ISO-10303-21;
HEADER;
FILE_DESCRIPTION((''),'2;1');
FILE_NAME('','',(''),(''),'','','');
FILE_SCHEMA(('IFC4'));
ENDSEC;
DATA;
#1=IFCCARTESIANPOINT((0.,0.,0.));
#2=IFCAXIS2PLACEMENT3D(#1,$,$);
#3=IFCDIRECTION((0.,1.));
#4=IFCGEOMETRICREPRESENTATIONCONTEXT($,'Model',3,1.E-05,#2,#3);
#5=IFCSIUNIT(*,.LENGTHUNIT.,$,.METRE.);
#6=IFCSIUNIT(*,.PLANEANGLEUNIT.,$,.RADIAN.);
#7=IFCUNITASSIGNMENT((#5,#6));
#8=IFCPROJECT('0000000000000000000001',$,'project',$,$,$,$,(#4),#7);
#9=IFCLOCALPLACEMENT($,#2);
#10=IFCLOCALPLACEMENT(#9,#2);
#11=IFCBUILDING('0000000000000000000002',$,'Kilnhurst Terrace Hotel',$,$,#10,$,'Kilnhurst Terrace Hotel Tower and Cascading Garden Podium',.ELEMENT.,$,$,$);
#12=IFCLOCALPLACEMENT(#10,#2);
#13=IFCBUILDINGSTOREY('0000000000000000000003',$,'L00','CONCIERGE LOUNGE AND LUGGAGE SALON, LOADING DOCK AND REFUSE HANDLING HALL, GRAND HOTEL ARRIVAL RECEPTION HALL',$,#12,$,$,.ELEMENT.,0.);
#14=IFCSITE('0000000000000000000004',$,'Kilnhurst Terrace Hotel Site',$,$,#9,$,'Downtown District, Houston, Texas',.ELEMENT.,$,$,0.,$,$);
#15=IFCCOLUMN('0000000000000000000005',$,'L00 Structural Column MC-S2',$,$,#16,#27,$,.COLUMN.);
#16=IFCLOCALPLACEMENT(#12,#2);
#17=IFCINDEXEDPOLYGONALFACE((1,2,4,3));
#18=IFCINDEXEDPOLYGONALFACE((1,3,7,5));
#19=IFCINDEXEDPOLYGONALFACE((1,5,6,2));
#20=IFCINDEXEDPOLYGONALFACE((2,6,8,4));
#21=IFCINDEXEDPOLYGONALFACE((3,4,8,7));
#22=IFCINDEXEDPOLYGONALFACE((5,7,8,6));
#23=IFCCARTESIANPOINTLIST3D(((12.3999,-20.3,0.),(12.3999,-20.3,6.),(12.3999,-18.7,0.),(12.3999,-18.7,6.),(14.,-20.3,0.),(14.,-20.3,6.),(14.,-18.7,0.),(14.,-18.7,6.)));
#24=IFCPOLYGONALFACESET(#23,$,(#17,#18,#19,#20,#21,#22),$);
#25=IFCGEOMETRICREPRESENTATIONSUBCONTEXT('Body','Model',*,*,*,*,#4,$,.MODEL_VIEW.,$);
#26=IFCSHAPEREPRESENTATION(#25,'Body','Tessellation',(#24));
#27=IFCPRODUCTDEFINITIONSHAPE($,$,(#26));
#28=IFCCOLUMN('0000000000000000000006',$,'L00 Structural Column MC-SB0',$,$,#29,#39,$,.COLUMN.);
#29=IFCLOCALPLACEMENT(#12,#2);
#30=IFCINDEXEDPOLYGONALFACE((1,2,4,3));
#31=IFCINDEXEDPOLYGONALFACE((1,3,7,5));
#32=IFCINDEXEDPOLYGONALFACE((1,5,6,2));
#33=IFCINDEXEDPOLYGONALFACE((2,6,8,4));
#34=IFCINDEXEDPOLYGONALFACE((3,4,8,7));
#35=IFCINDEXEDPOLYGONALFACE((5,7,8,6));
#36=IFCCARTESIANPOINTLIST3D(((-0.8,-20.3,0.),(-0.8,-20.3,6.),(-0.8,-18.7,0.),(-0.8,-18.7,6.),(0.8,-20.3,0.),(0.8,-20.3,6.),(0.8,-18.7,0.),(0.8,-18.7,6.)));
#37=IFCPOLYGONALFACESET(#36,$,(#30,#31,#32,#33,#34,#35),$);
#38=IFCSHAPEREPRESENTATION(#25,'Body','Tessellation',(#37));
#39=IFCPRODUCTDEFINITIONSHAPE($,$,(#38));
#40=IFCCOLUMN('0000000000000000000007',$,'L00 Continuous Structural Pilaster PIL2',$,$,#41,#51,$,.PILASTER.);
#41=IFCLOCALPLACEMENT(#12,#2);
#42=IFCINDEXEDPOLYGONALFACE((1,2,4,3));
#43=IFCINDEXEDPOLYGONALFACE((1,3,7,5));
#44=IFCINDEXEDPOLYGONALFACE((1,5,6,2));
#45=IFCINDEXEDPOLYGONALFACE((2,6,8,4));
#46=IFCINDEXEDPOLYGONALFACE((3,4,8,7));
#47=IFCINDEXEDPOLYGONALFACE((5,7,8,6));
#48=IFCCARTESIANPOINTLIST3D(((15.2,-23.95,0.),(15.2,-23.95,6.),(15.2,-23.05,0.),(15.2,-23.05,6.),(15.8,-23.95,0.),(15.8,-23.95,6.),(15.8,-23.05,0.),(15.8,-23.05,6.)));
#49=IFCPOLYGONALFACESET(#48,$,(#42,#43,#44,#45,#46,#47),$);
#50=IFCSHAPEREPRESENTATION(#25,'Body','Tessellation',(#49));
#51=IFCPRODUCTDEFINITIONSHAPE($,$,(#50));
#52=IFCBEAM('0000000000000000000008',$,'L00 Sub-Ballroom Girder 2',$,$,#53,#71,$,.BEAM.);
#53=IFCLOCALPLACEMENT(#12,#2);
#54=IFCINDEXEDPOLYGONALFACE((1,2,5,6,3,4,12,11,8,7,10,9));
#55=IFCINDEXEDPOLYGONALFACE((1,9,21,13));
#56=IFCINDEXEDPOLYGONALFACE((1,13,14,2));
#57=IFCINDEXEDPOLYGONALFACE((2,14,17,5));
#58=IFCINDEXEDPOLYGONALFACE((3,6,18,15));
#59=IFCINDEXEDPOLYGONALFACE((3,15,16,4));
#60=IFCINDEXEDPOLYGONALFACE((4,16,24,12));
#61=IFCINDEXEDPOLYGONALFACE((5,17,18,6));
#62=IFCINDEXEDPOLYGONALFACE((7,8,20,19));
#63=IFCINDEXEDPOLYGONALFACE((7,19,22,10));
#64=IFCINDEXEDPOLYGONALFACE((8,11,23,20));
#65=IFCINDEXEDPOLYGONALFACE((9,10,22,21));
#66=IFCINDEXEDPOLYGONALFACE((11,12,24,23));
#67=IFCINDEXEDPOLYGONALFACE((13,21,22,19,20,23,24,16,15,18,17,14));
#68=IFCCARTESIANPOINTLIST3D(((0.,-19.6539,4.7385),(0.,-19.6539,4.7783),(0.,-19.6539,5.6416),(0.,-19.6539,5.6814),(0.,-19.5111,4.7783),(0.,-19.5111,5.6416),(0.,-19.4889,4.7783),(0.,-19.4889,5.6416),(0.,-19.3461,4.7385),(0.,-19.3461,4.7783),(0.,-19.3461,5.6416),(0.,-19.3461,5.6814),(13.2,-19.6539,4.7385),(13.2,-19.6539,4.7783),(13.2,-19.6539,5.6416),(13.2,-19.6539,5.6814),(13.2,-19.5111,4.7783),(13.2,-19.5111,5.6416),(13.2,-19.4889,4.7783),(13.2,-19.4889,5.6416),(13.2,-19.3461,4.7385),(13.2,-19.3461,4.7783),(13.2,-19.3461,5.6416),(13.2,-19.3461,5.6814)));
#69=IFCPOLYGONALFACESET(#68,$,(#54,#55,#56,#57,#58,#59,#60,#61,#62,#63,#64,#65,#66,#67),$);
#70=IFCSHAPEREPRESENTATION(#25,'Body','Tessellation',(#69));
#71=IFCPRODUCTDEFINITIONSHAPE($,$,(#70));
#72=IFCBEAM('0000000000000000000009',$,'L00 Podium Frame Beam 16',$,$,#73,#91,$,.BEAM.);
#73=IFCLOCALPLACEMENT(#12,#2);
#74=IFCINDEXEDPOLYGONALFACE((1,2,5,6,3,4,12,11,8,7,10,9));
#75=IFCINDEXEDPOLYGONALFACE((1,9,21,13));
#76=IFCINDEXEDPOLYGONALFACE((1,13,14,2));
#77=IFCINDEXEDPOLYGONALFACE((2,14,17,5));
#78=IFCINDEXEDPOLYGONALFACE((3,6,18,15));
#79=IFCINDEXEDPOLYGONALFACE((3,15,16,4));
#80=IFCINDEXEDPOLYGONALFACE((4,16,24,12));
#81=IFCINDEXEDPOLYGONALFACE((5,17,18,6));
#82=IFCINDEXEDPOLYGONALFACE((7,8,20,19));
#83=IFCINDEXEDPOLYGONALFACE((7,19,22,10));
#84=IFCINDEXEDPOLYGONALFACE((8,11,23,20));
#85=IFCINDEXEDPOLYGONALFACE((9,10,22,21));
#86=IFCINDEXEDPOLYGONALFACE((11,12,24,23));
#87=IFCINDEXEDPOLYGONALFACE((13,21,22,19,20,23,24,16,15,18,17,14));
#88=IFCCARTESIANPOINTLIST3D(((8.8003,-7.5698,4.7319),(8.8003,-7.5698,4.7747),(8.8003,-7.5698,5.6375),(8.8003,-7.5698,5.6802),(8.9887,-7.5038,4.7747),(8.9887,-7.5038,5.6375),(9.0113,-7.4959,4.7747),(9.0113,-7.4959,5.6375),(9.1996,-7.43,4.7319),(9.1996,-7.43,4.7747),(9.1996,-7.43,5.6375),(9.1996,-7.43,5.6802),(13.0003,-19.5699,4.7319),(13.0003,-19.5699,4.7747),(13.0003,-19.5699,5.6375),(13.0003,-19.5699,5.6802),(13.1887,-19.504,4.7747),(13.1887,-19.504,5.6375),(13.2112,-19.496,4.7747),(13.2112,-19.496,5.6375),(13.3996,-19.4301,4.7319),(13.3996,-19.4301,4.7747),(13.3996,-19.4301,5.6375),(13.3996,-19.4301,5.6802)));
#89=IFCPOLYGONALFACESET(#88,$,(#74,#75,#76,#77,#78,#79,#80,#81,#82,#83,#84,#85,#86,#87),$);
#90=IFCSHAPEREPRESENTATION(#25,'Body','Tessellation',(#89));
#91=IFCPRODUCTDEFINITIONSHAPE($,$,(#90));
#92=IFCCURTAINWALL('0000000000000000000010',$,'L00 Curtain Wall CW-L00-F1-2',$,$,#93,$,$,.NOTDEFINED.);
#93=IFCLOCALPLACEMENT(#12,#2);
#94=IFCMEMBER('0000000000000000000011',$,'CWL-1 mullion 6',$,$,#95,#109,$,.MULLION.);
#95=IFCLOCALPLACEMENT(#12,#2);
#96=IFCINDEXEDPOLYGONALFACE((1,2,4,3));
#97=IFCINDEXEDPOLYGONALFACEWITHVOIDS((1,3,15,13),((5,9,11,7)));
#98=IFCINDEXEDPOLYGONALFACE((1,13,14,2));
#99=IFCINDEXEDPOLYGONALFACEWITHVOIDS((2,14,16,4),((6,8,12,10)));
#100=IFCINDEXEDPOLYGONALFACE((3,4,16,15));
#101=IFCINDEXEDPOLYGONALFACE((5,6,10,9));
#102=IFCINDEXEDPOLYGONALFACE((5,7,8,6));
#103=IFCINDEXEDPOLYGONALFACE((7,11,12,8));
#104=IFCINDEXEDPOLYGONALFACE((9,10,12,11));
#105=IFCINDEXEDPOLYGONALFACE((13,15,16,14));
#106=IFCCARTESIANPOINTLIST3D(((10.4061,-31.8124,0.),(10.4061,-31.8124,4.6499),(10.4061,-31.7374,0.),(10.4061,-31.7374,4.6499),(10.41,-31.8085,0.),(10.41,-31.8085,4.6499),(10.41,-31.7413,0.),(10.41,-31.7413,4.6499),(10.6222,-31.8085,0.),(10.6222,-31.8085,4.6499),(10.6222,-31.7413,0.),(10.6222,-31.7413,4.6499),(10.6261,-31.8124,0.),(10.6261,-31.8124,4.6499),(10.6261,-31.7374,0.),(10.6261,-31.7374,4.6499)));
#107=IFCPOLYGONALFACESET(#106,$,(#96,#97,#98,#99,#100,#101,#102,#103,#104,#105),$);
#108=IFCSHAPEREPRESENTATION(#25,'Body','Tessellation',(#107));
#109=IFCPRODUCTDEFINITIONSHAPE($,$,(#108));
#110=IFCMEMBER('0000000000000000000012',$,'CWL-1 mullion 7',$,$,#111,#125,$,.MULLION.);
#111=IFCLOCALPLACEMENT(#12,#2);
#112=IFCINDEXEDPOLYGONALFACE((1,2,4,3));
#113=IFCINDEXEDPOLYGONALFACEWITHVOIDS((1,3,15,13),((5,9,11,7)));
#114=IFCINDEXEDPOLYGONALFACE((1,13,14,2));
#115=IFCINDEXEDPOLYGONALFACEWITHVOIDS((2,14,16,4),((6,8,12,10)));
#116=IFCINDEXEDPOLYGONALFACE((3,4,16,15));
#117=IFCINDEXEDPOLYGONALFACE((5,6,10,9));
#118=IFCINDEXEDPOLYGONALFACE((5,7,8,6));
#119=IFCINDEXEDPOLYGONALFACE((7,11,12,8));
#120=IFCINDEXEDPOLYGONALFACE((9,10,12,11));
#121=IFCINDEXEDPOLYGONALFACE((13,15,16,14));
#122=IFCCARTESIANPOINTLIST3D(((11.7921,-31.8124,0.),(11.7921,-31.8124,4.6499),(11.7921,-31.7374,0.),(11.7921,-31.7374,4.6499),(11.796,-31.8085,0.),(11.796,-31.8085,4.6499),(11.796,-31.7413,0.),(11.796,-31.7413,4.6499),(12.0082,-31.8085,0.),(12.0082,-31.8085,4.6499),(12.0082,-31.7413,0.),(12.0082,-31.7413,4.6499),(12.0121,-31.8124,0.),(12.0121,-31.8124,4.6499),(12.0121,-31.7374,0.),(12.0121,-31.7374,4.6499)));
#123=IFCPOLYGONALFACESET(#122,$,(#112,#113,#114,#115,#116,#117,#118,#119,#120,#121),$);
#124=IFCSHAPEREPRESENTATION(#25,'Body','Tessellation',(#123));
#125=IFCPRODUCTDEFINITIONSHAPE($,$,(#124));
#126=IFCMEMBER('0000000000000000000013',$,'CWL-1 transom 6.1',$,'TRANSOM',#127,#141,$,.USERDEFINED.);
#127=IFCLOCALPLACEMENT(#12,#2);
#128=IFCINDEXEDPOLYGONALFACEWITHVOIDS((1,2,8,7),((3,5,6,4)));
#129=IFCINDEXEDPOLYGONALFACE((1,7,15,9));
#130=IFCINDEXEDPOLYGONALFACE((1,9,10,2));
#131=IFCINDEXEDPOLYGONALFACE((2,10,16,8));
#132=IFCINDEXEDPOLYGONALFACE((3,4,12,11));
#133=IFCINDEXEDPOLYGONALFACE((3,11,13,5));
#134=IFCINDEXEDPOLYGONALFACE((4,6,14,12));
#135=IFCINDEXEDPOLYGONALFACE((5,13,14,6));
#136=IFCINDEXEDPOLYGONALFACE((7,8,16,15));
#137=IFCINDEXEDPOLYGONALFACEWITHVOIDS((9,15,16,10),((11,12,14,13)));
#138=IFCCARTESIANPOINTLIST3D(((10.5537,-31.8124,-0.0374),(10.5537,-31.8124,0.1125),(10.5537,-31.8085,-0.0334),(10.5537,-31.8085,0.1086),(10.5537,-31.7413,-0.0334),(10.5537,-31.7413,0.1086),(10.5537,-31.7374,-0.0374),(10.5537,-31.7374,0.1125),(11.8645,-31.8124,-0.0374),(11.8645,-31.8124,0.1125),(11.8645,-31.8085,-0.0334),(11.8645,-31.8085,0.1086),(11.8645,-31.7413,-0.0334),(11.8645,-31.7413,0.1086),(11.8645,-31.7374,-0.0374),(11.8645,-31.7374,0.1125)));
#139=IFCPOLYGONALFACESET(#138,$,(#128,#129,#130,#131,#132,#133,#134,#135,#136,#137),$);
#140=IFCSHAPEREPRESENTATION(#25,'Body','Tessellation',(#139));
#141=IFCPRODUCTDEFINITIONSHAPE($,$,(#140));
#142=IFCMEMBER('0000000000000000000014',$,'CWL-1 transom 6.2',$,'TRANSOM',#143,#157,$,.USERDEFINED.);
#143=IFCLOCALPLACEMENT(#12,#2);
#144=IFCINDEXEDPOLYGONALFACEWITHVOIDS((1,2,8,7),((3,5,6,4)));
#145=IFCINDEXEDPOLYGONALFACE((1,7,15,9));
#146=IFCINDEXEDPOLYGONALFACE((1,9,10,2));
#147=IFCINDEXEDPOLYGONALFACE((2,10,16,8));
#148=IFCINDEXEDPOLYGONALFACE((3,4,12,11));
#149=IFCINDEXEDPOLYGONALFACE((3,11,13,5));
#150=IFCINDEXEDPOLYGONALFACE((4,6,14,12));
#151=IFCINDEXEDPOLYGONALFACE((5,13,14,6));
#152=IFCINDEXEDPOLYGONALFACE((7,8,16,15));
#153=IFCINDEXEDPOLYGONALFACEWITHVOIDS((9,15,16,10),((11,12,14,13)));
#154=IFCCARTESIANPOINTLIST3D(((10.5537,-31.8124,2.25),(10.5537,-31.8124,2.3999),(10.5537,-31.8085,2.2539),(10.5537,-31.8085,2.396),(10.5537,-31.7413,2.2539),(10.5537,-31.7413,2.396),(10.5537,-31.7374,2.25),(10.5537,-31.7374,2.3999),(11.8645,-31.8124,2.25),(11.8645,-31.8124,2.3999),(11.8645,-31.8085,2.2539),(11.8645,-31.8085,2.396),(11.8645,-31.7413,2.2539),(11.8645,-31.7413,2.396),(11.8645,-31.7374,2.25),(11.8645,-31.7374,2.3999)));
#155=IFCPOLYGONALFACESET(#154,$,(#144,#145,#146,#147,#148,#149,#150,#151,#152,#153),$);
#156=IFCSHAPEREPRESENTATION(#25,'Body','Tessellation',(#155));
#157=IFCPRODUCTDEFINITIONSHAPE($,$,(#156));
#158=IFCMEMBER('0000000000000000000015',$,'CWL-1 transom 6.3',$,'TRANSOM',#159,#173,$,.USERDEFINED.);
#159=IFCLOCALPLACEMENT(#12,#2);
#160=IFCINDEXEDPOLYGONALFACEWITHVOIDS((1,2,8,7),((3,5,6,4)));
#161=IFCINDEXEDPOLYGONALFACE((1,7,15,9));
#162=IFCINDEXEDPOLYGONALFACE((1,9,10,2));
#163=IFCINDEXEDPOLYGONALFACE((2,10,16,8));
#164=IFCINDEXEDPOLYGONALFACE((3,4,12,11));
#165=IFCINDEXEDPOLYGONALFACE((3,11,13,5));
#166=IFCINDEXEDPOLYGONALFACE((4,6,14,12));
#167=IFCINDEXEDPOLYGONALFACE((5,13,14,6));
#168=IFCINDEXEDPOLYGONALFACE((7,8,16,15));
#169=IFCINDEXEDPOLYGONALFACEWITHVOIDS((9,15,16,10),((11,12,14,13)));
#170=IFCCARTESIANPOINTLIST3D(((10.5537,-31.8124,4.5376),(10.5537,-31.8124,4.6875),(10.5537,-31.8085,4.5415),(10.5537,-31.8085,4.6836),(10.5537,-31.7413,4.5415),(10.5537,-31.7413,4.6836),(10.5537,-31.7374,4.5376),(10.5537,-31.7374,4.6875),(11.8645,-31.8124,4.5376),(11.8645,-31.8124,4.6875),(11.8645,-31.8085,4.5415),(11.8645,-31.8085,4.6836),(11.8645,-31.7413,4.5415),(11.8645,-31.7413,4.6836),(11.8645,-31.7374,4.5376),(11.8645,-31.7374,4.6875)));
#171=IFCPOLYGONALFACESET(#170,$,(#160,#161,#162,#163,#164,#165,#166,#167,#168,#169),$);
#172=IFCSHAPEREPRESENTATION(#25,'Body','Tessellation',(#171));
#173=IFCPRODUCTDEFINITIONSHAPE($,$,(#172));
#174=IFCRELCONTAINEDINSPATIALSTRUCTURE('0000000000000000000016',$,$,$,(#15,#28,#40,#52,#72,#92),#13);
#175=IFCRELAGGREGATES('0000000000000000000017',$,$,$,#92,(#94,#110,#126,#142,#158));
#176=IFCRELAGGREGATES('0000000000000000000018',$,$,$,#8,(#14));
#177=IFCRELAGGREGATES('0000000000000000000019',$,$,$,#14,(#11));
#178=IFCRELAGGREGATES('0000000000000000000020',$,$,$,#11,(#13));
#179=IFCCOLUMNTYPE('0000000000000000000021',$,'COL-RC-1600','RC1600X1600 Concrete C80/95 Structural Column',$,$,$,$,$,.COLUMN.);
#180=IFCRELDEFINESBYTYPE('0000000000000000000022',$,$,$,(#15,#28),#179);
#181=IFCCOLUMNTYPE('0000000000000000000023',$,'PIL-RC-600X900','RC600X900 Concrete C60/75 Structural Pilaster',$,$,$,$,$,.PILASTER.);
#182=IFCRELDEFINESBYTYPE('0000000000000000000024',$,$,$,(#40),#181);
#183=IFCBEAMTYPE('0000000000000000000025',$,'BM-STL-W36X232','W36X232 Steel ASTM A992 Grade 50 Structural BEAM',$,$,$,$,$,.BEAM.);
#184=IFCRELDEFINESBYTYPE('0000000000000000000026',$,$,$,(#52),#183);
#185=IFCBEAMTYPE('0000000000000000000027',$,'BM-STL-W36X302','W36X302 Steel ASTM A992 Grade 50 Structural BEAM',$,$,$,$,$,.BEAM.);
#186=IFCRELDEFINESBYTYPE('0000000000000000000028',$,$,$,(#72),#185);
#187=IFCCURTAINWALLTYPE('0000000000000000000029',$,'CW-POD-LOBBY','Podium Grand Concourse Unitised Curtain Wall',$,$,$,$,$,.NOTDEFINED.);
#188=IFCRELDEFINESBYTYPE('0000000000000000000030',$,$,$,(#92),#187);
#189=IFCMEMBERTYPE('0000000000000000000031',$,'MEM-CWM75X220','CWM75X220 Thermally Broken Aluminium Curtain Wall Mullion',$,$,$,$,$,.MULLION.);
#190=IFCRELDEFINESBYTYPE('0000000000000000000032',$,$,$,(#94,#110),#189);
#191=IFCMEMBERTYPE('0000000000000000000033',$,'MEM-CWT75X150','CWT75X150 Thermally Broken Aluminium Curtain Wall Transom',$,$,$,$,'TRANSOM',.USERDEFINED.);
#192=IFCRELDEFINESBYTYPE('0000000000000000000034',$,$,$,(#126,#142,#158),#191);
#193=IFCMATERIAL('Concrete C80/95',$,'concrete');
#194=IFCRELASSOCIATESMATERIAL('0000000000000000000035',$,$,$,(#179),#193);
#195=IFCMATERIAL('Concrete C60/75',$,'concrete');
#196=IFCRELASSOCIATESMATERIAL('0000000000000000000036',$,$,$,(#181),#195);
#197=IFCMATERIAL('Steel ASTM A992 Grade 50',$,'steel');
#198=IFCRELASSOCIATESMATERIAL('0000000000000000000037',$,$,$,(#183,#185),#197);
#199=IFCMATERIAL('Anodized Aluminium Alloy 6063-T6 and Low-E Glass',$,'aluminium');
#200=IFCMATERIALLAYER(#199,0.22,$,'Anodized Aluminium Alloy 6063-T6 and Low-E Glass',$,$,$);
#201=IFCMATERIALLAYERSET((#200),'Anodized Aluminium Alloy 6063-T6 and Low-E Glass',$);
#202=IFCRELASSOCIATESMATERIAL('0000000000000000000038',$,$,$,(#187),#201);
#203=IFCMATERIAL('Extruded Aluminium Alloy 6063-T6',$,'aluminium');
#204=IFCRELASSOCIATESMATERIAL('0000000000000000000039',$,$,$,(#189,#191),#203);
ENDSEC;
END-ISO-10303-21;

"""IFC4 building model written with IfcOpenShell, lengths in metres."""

from ifc_helpers import new_model, si_unit, direction, frame, origin, origin_2d, place, context, subcontext, project, spatial, rectangle, hollow_rectangle, i_section, extrude, material, layer, layer_set, material_profile, profile_set, type_object, element, aggregate, save


model = new_model("IFC4")

# Units and contexts
model_context = context("Model", 3, precision=1e-05, world=origin(), true_north=direction((0.0, 1.0)))
body_context = subcontext(model_context, "Body", "Model", "MODEL_VIEW")
ifc_project = project(units=[si_unit("LENGTHUNIT", "METRE"), si_unit("PLANEANGLEUNIT", "RADIAN")], contexts=[model_context])

# Site, building, storey
site_placement = place(None, origin())
site = spatial("IfcSite", under=ifc_project, at=site_placement, Name="Kilnhurst Terrace Hotel Site", LongName="Downtown District, Houston, Texas", CompositionType="ELEMENT", RefElevation=0.0)
building_placement = place(site_placement, origin())
building = spatial("IfcBuilding", under=site, at=building_placement, Name="Kilnhurst Terrace Hotel", LongName="Kilnhurst Terrace Hotel Tower and Cascading Garden Podium", CompositionType="ELEMENT")
storey_placement = place(building_placement, origin())
storey = spatial("IfcBuildingStorey", under=building, at=storey_placement, Name="L00", Description="CONCIERGE LOUNGE AND LUGGAGE SALON, LOADING DOCK AND REFUSE HANDLING HALL, GRAND HOTEL ARRIVAL RECEPTION HALL", CompositionType="ELEMENT", Elevation=0.0)

# Columns
ifc_material_1 = material(Name="Concrete C80/95", Category="concrete")
ifc_material_profile_1 = material_profile(ifc_material_1, rectangle(XDim=1.6001, YDim=1.6001, at=origin_2d()), Name="RC1600X1600")
ifc_profile_set_1 = profile_set([ifc_material_profile_1], Name="Concrete C80/95")
column_type_1 = type_object("IfcColumnType", Name="COL-RC-1600", Description="RC1600X1600 Concrete C80/95 Structural Column", PredefinedType="COLUMN", material=ifc_profile_set_1)
for number, where, z_axis, x_axis, name in (
    (1, (13.2, -19.5, 0.0), (0.0, 0.0, 1.0), (1.0, 0.0, 0.0), "L00 Structural Column MC-S2"),
    (2, (0.0, -19.5, 0.0), (0.0, 0.0, 1.0), (1.0, 0.0, 0.0), "L00 Structural Column MC-SB0"),
):
    element("IfcColumn", number, at=place(storey_placement, frame(where, z_axis=z_axis, x_axis=x_axis)), inside=storey, type_object=column_type_1, Name=name, PredefinedType="COLUMN", context=body_context, shape_type="SweptSolid", body=[
        extrude(rectangle(XDim=1.6001, YDim=1.6001, at=origin_2d()), origin(), (0.0, 0.0, 1.0), 6.0),
    ])
ifc_material_2 = material(Name="Concrete C60/75", Category="concrete")
ifc_material_profile_2 = material_profile(ifc_material_2, rectangle(XDim=0.6001, YDim=0.8999, at=origin_2d()), Name="RC600X900")
ifc_profile_set_2 = profile_set([ifc_material_profile_2], Name="Concrete C60/75")
column_type_2 = type_object("IfcColumnType", Name="PIL-RC-600X900", Description="RC600X900 Concrete C60/75 Structural Pilaster", PredefinedType="PILASTER", material=ifc_profile_set_2)
column_placement = place(storey_placement, frame((15.5, -23.5, 0.0), z_axis=(0.0, 0.0, 1.0), x_axis=(1.0, 0.0, 0.0)))
element("IfcColumn", 3, at=column_placement, inside=storey, type_object=column_type_2, Name="L00 Continuous Structural Pilaster PIL2", PredefinedType="PILASTER", context=body_context, shape_type="SweptSolid", body=[
    extrude(rectangle(XDim=0.6001, YDim=0.8999, at=origin_2d()), origin(), (0.0, 0.0, 1.0), 6.0),
])

# Beams
ifc_material_3 = material(Name="Steel ASTM A992 Grade 50", Category="steel")
ifc_material_profile_3 = material_profile(ifc_material_3, i_section(OverallWidth=0.3079, OverallDepth=0.9429, WebThickness=0.0222, FlangeThickness=0.0398, at=origin_2d()), Name="W36X232")
ifc_profile_set_3 = profile_set([ifc_material_profile_3], Name="Steel ASTM A992 Grade 50")
beam_type_1 = type_object("IfcBeamType", Name="BM-STL-W36X232", Description="W36X232 Steel ASTM A992 Grade 50 Structural BEAM", PredefinedType="BEAM", material=ifc_profile_set_3)
beam_1_placement = place(storey_placement, frame((0.0, -19.5, 5.21), z_axis=(1.0, 0.0, 0.0), x_axis=(0.0, 1.0, 0.0)))
element("IfcBeam", 4, at=beam_1_placement, inside=storey, type_object=beam_type_1, Name="L00 Sub-Ballroom Girder 2", PredefinedType="BEAM", context=body_context, shape_type="SweptSolid", body=[
    extrude(i_section(OverallWidth=0.3079, OverallDepth=0.9429, WebThickness=0.0222, FlangeThickness=0.0398, at=origin_2d()), origin(), (0.0, 0.0, 1.0), 13.2),
])
ifc_material_profile_4 = material_profile(ifc_material_3, i_section(OverallWidth=0.4231, OverallDepth=0.9482, WebThickness=0.0239, FlangeThickness=0.0427, at=origin_2d()), Name="W36X302")
ifc_profile_set_4 = profile_set([ifc_material_profile_4], Name="Steel ASTM A992 Grade 50")
beam_type_2 = type_object("IfcBeamType", Name="BM-STL-W36X302", Description="W36X302 Steel ASTM A992 Grade 50 Structural BEAM", PredefinedType="BEAM", material=ifc_profile_set_4)
beam_2_placement = place(storey_placement, frame((13.2, -19.5, 5.2061), z_axis=(-0.330347, 0.94386, 0.0), x_axis=(-0.94386, -0.330347, 0.0)))
element("IfcBeam", 5, at=beam_2_placement, inside=storey, type_object=beam_type_2, Name="L00 Podium Frame Beam 16", PredefinedType="BEAM", context=body_context, shape_type="SweptSolid", body=[
    extrude(i_section(OverallWidth=0.4231, OverallDepth=0.9482, WebThickness=0.0239, FlangeThickness=0.0427, at=origin_2d()), origin(), (0.0, 0.0, 1.0), 12.7139),
])

# Curtain wall, members
ifc_material_4 = material(Name="Anodized Aluminium Alloy 6063-T6 and Low-E Glass", Category="aluminium")
ifc_layer_1 = layer(ifc_material_4, 0.22, Name="Anodized Aluminium Alloy 6063-T6 and Low-E Glass")
ifc_layer_set_1 = layer_set([ifc_layer_1], Name="Anodized Aluminium Alloy 6063-T6 and Low-E Glass")
curtain_wall_type = type_object("IfcCurtainWallType", Name="CW-POD-LOBBY", Description="Podium Grand Concourse Unitised Curtain Wall", PredefinedType="NOTDEFINED", material=ifc_layer_set_1)
curtain_wall_placement = place(storey_placement, origin())
curtain_wall = element("IfcCurtainWall", 6, at=curtain_wall_placement, inside=storey, type_object=curtain_wall_type, Name="L00 Curtain Wall CW-L00-F1-2", PredefinedType="NOTDEFINED")
ifc_material_5 = material(Name="Extruded Aluminium Alloy 6063-T6", Category="aluminium")
ifc_material_profile_5 = material_profile(ifc_material_5, hollow_rectangle(XDim=0.075, YDim=0.22, WallThickness=0.0039, at=origin_2d()), Name="CWM75X220")
ifc_profile_set_5 = profile_set([ifc_material_profile_5], Name="Extruded Aluminium Alloy 6063-T6")
member_type_1 = type_object("IfcMemberType", Name="MEM-CWM75X220", Description="CWM75X220 Thermally Broken Aluminium Curtain Wall Mullion", PredefinedType="MULLION", material=ifc_profile_set_5)
member_1_placement = place(storey_placement, frame((10.5161, -31.7749, 0.0), z_axis=(0.0, 0.0, 1.0), x_axis=(0.0, 1.0, 0.0)))
member_1 = element("IfcMember", 7, at=member_1_placement, type_object=member_type_1, Name="CWL-1 mullion 6", PredefinedType="MULLION", context=body_context, shape_type="SweptSolid", body=[
    extrude(hollow_rectangle(XDim=0.075, YDim=0.22, WallThickness=0.0039, at=origin_2d()), origin(), (0.0, 0.0, 1.0), 4.6499),
])
member_2_placement = place(storey_placement, frame((11.9021, -31.7749, 0.0), z_axis=(0.0, 0.0, 1.0), x_axis=(0.0, 1.0, 0.0)))
member_2 = element("IfcMember", 8, at=member_2_placement, type_object=member_type_1, Name="CWL-1 mullion 7", PredefinedType="MULLION", context=body_context, shape_type="SweptSolid", body=[
    extrude(hollow_rectangle(XDim=0.075, YDim=0.22, WallThickness=0.0039, at=origin_2d()), origin(), (0.0, 0.0, 1.0), 4.6499),
])
ifc_material_profile_6 = material_profile(ifc_material_5, hollow_rectangle(XDim=0.075, YDim=0.1499, WallThickness=0.0039, at=origin_2d()), Name="CWT75X150")
ifc_profile_set_6 = profile_set([ifc_material_profile_6], Name="Extruded Aluminium Alloy 6063-T6")
member_type_2 = type_object("IfcMemberType", Name="MEM-CWT75X150", Description="CWT75X150 Thermally Broken Aluminium Curtain Wall Transom", ElementType="TRANSOM", PredefinedType="USERDEFINED", material=ifc_profile_set_6)
member_3_placement = place(storey_placement, frame((10.5537, -31.7749, 0.0376), z_axis=(1.0, 0.0, 0.0), x_axis=(0.0, 1.0, 0.0)))
member_3 = element("IfcMember", 9, at=member_3_placement, type_object=member_type_2, Name="CWL-1 transom 6.1", ObjectType="TRANSOM", PredefinedType="USERDEFINED", context=body_context, shape_type="SweptSolid", body=[
    extrude(hollow_rectangle(XDim=0.075, YDim=0.1499, WallThickness=0.0039, at=origin_2d()), origin(), (0.0, 0.0, 1.0), 1.3108),
])
member_4_placement = place(storey_placement, frame((10.5537, -31.7749, 2.325), z_axis=(1.0, 0.0, 0.0), x_axis=(0.0, 1.0, 0.0)))
member_4 = element("IfcMember", 10, at=member_4_placement, type_object=member_type_2, Name="CWL-1 transom 6.2", ObjectType="TRANSOM", PredefinedType="USERDEFINED", context=body_context, shape_type="SweptSolid", body=[
    extrude(hollow_rectangle(XDim=0.075, YDim=0.1499, WallThickness=0.0039, at=origin_2d()), origin(), (0.0, 0.0, 1.0), 1.3108),
])
member_5_placement = place(storey_placement, frame((10.5537, -31.7749, 4.6125), z_axis=(1.0, 0.0, 0.0), x_axis=(0.0, 1.0, 0.0)))
member_5 = element("IfcMember", 11, at=member_5_placement, type_object=member_type_2, Name="CWL-1 transom 6.3", ObjectType="TRANSOM", PredefinedType="USERDEFINED", context=body_context, shape_type="SweptSolid", body=[
    extrude(hollow_rectangle(XDim=0.075, YDim=0.1499, WallThickness=0.0039, at=origin_2d()), origin(), (0.0, 0.0, 1.0), 1.3108),
])
aggregate(curtain_wall, [member_1, member_2, member_3, member_4, member_5])

save(model, "model.ifc")
